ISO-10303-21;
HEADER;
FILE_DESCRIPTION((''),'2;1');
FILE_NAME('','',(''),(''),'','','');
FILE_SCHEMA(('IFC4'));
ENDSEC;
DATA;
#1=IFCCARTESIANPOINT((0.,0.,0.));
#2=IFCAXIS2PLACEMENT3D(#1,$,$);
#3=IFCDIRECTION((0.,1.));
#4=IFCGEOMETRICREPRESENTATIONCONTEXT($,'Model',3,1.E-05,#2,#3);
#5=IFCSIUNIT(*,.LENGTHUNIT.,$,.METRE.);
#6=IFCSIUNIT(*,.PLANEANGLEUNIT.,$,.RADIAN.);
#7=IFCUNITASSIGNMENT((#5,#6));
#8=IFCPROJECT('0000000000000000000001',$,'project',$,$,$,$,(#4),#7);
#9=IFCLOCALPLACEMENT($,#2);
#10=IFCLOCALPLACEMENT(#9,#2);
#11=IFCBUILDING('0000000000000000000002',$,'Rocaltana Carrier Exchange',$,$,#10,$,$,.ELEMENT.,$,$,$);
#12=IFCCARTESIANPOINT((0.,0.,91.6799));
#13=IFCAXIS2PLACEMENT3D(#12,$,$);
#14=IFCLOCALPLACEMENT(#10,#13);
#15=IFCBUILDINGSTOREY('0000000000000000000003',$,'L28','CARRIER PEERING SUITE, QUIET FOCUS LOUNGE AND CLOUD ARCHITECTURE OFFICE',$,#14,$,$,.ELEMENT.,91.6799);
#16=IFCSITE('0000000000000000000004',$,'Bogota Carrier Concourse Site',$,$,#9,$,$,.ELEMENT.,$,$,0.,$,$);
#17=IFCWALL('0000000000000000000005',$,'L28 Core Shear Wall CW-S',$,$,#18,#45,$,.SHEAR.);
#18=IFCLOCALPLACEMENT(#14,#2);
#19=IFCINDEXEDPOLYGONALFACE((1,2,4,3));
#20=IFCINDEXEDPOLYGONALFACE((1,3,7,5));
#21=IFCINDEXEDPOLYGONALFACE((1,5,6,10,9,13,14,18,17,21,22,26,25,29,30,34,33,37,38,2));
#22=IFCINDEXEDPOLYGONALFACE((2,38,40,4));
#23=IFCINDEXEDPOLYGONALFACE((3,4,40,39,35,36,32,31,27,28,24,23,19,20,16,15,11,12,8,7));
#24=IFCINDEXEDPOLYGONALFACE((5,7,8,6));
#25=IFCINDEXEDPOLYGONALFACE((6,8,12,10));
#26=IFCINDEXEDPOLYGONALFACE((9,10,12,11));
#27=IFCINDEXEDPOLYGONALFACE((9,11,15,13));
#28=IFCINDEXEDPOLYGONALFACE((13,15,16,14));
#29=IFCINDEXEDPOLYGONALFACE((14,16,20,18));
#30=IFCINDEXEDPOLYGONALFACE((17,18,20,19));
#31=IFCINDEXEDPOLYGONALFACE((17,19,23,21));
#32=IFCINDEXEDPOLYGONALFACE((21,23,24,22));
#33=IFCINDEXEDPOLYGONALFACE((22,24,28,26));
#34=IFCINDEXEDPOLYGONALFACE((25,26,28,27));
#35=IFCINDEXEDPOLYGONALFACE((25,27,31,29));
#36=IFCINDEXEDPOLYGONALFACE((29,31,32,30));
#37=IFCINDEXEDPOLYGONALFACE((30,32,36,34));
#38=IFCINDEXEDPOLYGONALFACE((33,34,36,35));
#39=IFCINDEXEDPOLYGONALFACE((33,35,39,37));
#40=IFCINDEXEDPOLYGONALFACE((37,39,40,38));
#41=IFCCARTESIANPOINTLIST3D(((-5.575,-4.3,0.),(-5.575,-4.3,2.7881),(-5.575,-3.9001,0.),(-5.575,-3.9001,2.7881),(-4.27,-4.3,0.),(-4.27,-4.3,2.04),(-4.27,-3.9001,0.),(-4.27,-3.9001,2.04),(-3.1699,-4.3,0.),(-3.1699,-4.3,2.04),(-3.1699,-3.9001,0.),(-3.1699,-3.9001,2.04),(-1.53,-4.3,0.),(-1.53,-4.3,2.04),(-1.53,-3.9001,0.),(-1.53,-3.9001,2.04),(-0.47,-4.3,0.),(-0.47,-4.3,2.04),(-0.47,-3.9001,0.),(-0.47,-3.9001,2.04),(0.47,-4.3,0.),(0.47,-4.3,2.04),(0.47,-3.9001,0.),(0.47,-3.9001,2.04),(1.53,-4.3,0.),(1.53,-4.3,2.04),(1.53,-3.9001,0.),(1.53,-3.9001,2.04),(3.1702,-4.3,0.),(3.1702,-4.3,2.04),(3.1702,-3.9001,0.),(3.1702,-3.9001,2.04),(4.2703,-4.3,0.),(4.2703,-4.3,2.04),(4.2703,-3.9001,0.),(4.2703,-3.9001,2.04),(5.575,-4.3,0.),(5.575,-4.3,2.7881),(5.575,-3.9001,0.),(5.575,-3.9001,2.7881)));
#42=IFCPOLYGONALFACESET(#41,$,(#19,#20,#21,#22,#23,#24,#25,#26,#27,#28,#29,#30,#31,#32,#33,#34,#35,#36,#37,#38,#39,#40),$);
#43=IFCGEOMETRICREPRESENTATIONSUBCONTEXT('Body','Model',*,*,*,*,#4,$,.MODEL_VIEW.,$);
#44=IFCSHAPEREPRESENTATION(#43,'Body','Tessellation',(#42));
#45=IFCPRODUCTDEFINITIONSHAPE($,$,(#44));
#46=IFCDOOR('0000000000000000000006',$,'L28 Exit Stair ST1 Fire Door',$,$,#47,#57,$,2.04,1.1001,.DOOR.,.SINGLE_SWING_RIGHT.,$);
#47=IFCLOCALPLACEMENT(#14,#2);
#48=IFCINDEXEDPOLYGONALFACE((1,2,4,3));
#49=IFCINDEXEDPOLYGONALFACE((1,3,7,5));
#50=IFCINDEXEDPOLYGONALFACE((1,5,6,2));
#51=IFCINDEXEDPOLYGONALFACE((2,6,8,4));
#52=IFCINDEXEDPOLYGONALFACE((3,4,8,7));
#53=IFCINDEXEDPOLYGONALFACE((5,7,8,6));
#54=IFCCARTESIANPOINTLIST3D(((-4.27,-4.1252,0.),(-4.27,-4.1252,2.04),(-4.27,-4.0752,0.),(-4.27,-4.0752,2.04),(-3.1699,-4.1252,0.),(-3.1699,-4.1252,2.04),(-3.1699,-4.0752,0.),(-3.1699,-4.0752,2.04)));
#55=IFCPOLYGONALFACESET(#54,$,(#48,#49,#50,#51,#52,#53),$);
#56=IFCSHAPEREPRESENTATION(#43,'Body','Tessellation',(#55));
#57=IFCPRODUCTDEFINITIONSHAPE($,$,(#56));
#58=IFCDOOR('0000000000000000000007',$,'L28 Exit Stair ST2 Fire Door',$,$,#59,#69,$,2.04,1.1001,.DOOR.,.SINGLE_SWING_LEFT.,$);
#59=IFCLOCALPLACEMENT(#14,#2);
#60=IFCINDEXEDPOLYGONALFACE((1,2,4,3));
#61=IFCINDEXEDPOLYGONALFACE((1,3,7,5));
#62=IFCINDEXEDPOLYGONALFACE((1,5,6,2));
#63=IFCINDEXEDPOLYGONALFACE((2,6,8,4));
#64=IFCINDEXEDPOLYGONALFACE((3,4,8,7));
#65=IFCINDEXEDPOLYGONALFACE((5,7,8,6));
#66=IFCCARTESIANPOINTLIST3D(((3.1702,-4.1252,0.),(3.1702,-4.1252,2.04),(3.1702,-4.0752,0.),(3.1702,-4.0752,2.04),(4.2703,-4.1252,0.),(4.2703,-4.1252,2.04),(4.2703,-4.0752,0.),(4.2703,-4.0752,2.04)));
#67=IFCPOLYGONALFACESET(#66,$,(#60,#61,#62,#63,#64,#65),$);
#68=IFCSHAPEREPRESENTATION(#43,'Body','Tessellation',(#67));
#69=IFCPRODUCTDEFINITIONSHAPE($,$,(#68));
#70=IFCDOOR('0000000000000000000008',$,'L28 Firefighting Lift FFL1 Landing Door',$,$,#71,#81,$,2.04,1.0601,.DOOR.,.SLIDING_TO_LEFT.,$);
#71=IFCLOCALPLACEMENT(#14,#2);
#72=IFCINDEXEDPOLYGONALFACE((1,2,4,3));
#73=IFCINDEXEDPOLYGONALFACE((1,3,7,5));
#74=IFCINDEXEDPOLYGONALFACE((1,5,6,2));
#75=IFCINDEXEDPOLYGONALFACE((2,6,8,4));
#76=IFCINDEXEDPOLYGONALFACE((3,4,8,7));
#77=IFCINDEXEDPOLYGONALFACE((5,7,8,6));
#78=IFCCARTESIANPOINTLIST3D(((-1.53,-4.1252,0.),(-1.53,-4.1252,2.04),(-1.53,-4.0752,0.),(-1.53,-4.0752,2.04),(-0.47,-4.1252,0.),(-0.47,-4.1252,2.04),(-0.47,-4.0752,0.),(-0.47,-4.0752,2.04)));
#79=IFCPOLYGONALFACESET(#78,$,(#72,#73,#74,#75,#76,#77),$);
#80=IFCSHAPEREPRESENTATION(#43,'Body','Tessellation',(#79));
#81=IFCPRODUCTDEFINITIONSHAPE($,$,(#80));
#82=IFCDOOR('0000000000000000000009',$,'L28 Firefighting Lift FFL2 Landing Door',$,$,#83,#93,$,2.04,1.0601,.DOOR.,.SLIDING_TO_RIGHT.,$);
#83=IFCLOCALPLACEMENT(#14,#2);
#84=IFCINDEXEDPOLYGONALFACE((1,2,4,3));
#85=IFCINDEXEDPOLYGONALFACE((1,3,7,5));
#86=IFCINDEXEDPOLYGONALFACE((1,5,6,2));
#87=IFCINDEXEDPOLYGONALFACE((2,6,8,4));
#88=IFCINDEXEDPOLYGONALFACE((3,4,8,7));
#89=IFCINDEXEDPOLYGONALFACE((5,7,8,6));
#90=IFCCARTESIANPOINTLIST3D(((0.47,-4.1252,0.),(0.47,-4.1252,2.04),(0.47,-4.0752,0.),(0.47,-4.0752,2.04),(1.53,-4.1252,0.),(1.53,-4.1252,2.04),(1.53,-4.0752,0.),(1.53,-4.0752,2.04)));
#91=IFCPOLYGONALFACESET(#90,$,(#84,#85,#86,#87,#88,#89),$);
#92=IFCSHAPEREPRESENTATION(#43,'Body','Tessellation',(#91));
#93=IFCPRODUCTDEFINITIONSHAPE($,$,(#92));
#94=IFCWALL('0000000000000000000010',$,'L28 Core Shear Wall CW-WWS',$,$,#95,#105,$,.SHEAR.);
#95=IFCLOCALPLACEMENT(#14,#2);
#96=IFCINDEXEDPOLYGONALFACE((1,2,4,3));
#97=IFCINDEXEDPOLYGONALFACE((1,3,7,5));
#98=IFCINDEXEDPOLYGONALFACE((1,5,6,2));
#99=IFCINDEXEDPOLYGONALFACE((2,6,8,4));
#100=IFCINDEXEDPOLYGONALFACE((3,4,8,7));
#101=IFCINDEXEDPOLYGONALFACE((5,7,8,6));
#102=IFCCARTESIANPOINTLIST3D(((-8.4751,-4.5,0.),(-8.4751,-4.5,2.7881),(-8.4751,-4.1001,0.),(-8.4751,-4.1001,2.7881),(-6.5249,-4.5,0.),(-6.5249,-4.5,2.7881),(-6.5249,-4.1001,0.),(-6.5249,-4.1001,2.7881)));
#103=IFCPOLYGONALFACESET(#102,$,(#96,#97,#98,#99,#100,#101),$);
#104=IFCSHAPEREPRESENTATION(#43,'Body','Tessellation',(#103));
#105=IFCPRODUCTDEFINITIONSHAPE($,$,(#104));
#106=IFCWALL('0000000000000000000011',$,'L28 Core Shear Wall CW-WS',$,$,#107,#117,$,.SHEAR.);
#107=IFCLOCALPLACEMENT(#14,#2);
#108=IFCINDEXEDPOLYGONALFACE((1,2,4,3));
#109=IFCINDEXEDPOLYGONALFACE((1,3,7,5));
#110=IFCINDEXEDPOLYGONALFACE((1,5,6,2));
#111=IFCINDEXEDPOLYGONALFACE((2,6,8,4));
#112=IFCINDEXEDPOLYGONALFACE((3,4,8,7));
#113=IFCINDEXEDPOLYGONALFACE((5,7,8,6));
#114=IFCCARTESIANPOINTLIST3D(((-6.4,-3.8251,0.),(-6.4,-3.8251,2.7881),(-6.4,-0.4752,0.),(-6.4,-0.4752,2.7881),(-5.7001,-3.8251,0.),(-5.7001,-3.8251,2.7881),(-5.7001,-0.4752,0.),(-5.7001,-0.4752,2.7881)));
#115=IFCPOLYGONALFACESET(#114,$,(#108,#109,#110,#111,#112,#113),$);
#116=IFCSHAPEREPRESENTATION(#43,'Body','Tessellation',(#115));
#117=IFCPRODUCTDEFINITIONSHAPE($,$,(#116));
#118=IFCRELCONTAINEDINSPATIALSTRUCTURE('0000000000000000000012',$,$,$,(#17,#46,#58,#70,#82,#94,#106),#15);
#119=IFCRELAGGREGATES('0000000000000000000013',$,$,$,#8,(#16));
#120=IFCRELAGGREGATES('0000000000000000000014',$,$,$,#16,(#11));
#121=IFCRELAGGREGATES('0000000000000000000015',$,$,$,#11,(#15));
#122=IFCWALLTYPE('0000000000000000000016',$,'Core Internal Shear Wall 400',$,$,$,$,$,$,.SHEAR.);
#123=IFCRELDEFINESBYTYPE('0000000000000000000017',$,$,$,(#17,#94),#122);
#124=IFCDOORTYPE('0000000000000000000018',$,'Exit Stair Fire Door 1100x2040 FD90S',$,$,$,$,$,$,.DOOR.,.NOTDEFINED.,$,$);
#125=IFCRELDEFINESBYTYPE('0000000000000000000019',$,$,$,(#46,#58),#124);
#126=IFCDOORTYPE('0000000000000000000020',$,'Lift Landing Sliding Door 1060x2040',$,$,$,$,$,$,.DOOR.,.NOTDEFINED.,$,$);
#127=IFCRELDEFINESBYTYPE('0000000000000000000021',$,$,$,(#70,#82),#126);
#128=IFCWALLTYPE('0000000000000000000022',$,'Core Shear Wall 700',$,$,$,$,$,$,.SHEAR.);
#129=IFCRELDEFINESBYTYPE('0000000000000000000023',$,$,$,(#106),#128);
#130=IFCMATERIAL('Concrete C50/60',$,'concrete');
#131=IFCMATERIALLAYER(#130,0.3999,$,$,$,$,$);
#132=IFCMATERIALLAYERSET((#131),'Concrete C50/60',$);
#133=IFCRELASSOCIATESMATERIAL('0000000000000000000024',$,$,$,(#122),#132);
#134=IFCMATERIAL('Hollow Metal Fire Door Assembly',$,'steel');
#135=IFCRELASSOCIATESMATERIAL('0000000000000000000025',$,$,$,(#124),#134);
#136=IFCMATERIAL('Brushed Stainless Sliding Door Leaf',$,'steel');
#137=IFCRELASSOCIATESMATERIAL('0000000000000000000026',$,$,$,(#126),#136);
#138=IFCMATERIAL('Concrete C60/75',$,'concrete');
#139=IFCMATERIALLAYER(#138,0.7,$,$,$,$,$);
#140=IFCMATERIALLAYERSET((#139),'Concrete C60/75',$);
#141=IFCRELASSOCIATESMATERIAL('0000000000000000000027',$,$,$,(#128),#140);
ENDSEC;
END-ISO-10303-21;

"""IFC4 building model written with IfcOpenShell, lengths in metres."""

from ifc_helpers import new_model, si_unit, direction, frame, frame_2d, origin, place, context, subcontext, project, spatial, rectangle, extrude, material, layer, layer_set, type_object, element, fill, save


model = new_model("IFC4")

# Units and contexts
model_context = context("Model", 3, precision=1e-05, world=origin(), true_north=direction((0.0, 1.0)))
body_context = subcontext(model_context, "Body", "Model", "MODEL_VIEW")
ifc_project = project(units=[si_unit("LENGTHUNIT", "METRE"), si_unit("PLANEANGLEUNIT", "RADIAN")], contexts=[model_context])

# Site, building, storey
site_placement = place(None, origin())
site = spatial("IfcSite", under=ifc_project, at=site_placement, Name="Bogota Carrier Concourse Site", CompositionType="ELEMENT", RefElevation=0.0)
building_placement = place(site_placement, origin())
building = spatial("IfcBuilding", under=site, at=building_placement, Name="Rocaltana Carrier Exchange", CompositionType="ELEMENT")
storey_placement = place(building_placement, frame((0.0, 0.0, 91.6799)))
storey = spatial("IfcBuildingStorey", under=building, at=storey_placement, Name="L28", Description="CARRIER PEERING SUITE, QUIET FOCUS LOUNGE AND CLOUD ARCHITECTURE OFFICE", CompositionType="ELEMENT", Elevation=91.6799)

# Wall, openings, doors
ifc_material_1 = material(Name="Concrete C50/60", Category="concrete")
ifc_layer_1 = layer(ifc_material_1, 0.3999)
ifc_layer_set_1 = layer_set([ifc_layer_1], Name="Concrete C50/60")
wall_type_1 = type_object("IfcWallType", Name="Core Internal Shear Wall 400", PredefinedType="SHEAR", material=ifc_layer_set_1)
wall_1_placement = place(storey_placement, frame((-5.575, -4.1001, 0.0), z_axis=(0.0, 0.0, 1.0), x_axis=(1.0, 0.0, 0.0)))
wall_1 = element("IfcWall", 1, at=wall_1_placement, inside=storey, type_object=wall_type_1, Name="L28 Core Shear Wall CW-S", PredefinedType="SHEAR", context=body_context, shape_type="SweptSolid", body=[
    extrude(rectangle(XDim=11.1499, YDim=0.3999, at=frame_2d((5.575, 0.0))), origin(), (0.0, 0.0, 1.0), 2.7881),
])
opening_1_placement = place(wall_1_placement, frame((1.3049, 0.0, 0.0)))
opening_1 = element("IfcOpeningElement", 2, at=opening_1_placement, cuts=wall_1, PredefinedType="OPENING", context=body_context, shape_type="SweptSolid", body=[
    extrude(rectangle(XDim=1.1001, YDim=2.04, at=frame_2d((0.55, 1.02))), frame((0.0, 0.21, 0.0), z_axis=(0.0, -1.0, 0.0), x_axis=(1.0, 0.0, 0.0)), (0.0, 0.0, 1.0), 0.4199),
])
opening_2_placement = place(wall_1_placement, frame((8.7451, 0.0, 0.0)))
opening_2 = element("IfcOpeningElement", 3, at=opening_2_placement, cuts=wall_1, PredefinedType="OPENING", context=body_context, shape_type="SweptSolid", body=[
    extrude(rectangle(XDim=1.1001, YDim=2.04, at=frame_2d((0.55, 1.02))), frame((0.0, 0.21, 0.0), z_axis=(0.0, -1.0, 0.0), x_axis=(1.0, 0.0, 0.0)), (0.0, 0.0, 1.0), 0.4199),
])
opening_3_placement = place(wall_1_placement, frame((4.0449, 0.0, 0.0)))
opening_3 = element("IfcOpeningElement", 4, at=opening_3_placement, cuts=wall_1, PredefinedType="OPENING", context=body_context, shape_type="SweptSolid", body=[
    extrude(rectangle(XDim=1.0601, YDim=2.04, at=frame_2d((0.53, 1.02))), frame((0.0, 0.21, 0.0), z_axis=(0.0, -1.0, 0.0), x_axis=(1.0, 0.0, 0.0)), (0.0, 0.0, 1.0), 0.4199),
])
opening_4_placement = place(wall_1_placement, frame((6.0449, 0.0, 0.0)))
opening_4 = element("IfcOpeningElement", 5, at=opening_4_placement, cuts=wall_1, PredefinedType="OPENING", context=body_context, shape_type="SweptSolid", body=[
    extrude(rectangle(XDim=1.0601, YDim=2.04, at=frame_2d((0.53, 1.02))), frame((0.0, 0.21, 0.0), z_axis=(0.0, -1.0, 0.0), x_axis=(1.0, 0.0, 0.0)), (0.0, 0.0, 1.0), 0.4199),
])
ifc_material_2 = material(Name="Hollow Metal Fire Door Assembly", Category="steel")
door_type_1 = type_object("IfcDoorType", Name="Exit Stair Fire Door 1100x2040 FD90S", OperationType="NOTDEFINED", PredefinedType="DOOR", material=ifc_material_2)
door_1_placement = place(opening_1_placement, origin())
door_1 = element("IfcDoor", 6, at=door_1_placement, inside=storey, type_object=door_type_1, Name="L28 Exit Stair ST1 Fire Door", OperationType="SINGLE_SWING_RIGHT", OverallHeight=2.04, OverallWidth=1.1001, PredefinedType="DOOR", context=body_context, shape_type="SweptSolid", body=[
    extrude(rectangle(XDim=1.1001, YDim=2.04, at=frame_2d((0.55, 1.02))), frame((0.0, 0.0249, 0.0), z_axis=(0.0, -1.0, 0.0), x_axis=(1.0, 0.0, 0.0)), (0.0, 0.0, 1.0), 0.05),
])
fill(opening_1, door_1)
door_2_placement = place(opening_2_placement, origin())
door_2 = element("IfcDoor", 7, at=door_2_placement, inside=storey, type_object=door_type_1, Name="L28 Exit Stair ST2 Fire Door", OperationType="SINGLE_SWING_LEFT", OverallHeight=2.04, OverallWidth=1.1001, PredefinedType="DOOR", context=body_context, shape_type="SweptSolid", body=[
    extrude(rectangle(XDim=1.1001, YDim=2.04, at=frame_2d((0.55, 1.02))), frame((0.0, 0.0249, 0.0), z_axis=(0.0, -1.0, 0.0), x_axis=(1.0, 0.0, 0.0)), (0.0, 0.0, 1.0), 0.05),
])
fill(opening_2, door_2)
ifc_material_3 = material(Name="Brushed Stainless Sliding Door Leaf", Category="steel")
door_type_2 = type_object("IfcDoorType", Name="Lift Landing Sliding Door 1060x2040", OperationType="NOTDEFINED", PredefinedType="DOOR", material=ifc_material_3)
door_3_placement = place(opening_3_placement, origin())
door_3 = element("IfcDoor", 8, at=door_3_placement, inside=storey, type_object=door_type_2, Name="L28 Firefighting Lift FFL1 Landing Door", OperationType="SLIDING_TO_LEFT", OverallHeight=2.04, OverallWidth=1.0601, PredefinedType="DOOR", context=body_context, shape_type="SweptSolid", body=[
    extrude(rectangle(XDim=1.0601, YDim=2.04, at=frame_2d((0.53, 1.02))), frame((0.0, 0.0249, 0.0), z_axis=(0.0, -1.0, 0.0), x_axis=(1.0, 0.0, 0.0)), (0.0, 0.0, 1.0), 0.05),
])
fill(opening_3, door_3)
door_4_placement = place(opening_4_placement, origin())
door_4 = element("IfcDoor", 9, at=door_4_placement, inside=storey, type_object=door_type_2, Name="L28 Firefighting Lift FFL2 Landing Door", OperationType="SLIDING_TO_RIGHT", OverallHeight=2.04, OverallWidth=1.0601, PredefinedType="DOOR", context=body_context, shape_type="SweptSolid", body=[
    extrude(rectangle(XDim=1.0601, YDim=2.04, at=frame_2d((0.53, 1.02))), frame((0.0, 0.0249, 0.0), z_axis=(0.0, -1.0, 0.0), x_axis=(1.0, 0.0, 0.0)), (0.0, 0.0, 1.0), 0.05),
])
fill(opening_4, door_4)

# Walls
wall_2_placement = place(storey_placement, frame((-8.4751, -4.3, 0.0), z_axis=(0.0, 0.0, 1.0), x_axis=(1.0, 0.0, 0.0)))
element("IfcWall", 10, at=wall_2_placement, inside=storey, type_object=wall_type_1, Name="L28 Core Shear Wall CW-WWS", PredefinedType="SHEAR", context=body_context, shape_type="SweptSolid", body=[
    extrude(rectangle(XDim=1.9502, YDim=0.3999, at=frame_2d((0.9751, 0.0))), origin(), (0.0, 0.0, 1.0), 2.7881),
])
ifc_material_4 = material(Name="Concrete C60/75", Category="concrete")
ifc_layer_2 = layer(ifc_material_4, 0.7)
ifc_layer_set_2 = layer_set([ifc_layer_2], Name="Concrete C60/75")
wall_type_2 = type_object("IfcWallType", Name="Core Shear Wall 700", PredefinedType="SHEAR", material=ifc_layer_set_2)
wall_3_placement = place(storey_placement, frame((-6.05, -3.825, 0.0), z_axis=(0.0, 0.0, 1.0), x_axis=(0.0, 1.0, 0.0)))
element("IfcWall", 11, at=wall_3_placement, inside=storey, type_object=wall_type_2, Name="L28 Core Shear Wall CW-WS", PredefinedType="SHEAR", context=body_context, shape_type="SweptSolid", body=[
    extrude(rectangle(XDim=3.3499, YDim=0.7, at=frame_2d((1.6748, 0.0))), origin(), (0.0, 0.0, 1.0), 2.7881),
])

save(model, "model.ifc")
